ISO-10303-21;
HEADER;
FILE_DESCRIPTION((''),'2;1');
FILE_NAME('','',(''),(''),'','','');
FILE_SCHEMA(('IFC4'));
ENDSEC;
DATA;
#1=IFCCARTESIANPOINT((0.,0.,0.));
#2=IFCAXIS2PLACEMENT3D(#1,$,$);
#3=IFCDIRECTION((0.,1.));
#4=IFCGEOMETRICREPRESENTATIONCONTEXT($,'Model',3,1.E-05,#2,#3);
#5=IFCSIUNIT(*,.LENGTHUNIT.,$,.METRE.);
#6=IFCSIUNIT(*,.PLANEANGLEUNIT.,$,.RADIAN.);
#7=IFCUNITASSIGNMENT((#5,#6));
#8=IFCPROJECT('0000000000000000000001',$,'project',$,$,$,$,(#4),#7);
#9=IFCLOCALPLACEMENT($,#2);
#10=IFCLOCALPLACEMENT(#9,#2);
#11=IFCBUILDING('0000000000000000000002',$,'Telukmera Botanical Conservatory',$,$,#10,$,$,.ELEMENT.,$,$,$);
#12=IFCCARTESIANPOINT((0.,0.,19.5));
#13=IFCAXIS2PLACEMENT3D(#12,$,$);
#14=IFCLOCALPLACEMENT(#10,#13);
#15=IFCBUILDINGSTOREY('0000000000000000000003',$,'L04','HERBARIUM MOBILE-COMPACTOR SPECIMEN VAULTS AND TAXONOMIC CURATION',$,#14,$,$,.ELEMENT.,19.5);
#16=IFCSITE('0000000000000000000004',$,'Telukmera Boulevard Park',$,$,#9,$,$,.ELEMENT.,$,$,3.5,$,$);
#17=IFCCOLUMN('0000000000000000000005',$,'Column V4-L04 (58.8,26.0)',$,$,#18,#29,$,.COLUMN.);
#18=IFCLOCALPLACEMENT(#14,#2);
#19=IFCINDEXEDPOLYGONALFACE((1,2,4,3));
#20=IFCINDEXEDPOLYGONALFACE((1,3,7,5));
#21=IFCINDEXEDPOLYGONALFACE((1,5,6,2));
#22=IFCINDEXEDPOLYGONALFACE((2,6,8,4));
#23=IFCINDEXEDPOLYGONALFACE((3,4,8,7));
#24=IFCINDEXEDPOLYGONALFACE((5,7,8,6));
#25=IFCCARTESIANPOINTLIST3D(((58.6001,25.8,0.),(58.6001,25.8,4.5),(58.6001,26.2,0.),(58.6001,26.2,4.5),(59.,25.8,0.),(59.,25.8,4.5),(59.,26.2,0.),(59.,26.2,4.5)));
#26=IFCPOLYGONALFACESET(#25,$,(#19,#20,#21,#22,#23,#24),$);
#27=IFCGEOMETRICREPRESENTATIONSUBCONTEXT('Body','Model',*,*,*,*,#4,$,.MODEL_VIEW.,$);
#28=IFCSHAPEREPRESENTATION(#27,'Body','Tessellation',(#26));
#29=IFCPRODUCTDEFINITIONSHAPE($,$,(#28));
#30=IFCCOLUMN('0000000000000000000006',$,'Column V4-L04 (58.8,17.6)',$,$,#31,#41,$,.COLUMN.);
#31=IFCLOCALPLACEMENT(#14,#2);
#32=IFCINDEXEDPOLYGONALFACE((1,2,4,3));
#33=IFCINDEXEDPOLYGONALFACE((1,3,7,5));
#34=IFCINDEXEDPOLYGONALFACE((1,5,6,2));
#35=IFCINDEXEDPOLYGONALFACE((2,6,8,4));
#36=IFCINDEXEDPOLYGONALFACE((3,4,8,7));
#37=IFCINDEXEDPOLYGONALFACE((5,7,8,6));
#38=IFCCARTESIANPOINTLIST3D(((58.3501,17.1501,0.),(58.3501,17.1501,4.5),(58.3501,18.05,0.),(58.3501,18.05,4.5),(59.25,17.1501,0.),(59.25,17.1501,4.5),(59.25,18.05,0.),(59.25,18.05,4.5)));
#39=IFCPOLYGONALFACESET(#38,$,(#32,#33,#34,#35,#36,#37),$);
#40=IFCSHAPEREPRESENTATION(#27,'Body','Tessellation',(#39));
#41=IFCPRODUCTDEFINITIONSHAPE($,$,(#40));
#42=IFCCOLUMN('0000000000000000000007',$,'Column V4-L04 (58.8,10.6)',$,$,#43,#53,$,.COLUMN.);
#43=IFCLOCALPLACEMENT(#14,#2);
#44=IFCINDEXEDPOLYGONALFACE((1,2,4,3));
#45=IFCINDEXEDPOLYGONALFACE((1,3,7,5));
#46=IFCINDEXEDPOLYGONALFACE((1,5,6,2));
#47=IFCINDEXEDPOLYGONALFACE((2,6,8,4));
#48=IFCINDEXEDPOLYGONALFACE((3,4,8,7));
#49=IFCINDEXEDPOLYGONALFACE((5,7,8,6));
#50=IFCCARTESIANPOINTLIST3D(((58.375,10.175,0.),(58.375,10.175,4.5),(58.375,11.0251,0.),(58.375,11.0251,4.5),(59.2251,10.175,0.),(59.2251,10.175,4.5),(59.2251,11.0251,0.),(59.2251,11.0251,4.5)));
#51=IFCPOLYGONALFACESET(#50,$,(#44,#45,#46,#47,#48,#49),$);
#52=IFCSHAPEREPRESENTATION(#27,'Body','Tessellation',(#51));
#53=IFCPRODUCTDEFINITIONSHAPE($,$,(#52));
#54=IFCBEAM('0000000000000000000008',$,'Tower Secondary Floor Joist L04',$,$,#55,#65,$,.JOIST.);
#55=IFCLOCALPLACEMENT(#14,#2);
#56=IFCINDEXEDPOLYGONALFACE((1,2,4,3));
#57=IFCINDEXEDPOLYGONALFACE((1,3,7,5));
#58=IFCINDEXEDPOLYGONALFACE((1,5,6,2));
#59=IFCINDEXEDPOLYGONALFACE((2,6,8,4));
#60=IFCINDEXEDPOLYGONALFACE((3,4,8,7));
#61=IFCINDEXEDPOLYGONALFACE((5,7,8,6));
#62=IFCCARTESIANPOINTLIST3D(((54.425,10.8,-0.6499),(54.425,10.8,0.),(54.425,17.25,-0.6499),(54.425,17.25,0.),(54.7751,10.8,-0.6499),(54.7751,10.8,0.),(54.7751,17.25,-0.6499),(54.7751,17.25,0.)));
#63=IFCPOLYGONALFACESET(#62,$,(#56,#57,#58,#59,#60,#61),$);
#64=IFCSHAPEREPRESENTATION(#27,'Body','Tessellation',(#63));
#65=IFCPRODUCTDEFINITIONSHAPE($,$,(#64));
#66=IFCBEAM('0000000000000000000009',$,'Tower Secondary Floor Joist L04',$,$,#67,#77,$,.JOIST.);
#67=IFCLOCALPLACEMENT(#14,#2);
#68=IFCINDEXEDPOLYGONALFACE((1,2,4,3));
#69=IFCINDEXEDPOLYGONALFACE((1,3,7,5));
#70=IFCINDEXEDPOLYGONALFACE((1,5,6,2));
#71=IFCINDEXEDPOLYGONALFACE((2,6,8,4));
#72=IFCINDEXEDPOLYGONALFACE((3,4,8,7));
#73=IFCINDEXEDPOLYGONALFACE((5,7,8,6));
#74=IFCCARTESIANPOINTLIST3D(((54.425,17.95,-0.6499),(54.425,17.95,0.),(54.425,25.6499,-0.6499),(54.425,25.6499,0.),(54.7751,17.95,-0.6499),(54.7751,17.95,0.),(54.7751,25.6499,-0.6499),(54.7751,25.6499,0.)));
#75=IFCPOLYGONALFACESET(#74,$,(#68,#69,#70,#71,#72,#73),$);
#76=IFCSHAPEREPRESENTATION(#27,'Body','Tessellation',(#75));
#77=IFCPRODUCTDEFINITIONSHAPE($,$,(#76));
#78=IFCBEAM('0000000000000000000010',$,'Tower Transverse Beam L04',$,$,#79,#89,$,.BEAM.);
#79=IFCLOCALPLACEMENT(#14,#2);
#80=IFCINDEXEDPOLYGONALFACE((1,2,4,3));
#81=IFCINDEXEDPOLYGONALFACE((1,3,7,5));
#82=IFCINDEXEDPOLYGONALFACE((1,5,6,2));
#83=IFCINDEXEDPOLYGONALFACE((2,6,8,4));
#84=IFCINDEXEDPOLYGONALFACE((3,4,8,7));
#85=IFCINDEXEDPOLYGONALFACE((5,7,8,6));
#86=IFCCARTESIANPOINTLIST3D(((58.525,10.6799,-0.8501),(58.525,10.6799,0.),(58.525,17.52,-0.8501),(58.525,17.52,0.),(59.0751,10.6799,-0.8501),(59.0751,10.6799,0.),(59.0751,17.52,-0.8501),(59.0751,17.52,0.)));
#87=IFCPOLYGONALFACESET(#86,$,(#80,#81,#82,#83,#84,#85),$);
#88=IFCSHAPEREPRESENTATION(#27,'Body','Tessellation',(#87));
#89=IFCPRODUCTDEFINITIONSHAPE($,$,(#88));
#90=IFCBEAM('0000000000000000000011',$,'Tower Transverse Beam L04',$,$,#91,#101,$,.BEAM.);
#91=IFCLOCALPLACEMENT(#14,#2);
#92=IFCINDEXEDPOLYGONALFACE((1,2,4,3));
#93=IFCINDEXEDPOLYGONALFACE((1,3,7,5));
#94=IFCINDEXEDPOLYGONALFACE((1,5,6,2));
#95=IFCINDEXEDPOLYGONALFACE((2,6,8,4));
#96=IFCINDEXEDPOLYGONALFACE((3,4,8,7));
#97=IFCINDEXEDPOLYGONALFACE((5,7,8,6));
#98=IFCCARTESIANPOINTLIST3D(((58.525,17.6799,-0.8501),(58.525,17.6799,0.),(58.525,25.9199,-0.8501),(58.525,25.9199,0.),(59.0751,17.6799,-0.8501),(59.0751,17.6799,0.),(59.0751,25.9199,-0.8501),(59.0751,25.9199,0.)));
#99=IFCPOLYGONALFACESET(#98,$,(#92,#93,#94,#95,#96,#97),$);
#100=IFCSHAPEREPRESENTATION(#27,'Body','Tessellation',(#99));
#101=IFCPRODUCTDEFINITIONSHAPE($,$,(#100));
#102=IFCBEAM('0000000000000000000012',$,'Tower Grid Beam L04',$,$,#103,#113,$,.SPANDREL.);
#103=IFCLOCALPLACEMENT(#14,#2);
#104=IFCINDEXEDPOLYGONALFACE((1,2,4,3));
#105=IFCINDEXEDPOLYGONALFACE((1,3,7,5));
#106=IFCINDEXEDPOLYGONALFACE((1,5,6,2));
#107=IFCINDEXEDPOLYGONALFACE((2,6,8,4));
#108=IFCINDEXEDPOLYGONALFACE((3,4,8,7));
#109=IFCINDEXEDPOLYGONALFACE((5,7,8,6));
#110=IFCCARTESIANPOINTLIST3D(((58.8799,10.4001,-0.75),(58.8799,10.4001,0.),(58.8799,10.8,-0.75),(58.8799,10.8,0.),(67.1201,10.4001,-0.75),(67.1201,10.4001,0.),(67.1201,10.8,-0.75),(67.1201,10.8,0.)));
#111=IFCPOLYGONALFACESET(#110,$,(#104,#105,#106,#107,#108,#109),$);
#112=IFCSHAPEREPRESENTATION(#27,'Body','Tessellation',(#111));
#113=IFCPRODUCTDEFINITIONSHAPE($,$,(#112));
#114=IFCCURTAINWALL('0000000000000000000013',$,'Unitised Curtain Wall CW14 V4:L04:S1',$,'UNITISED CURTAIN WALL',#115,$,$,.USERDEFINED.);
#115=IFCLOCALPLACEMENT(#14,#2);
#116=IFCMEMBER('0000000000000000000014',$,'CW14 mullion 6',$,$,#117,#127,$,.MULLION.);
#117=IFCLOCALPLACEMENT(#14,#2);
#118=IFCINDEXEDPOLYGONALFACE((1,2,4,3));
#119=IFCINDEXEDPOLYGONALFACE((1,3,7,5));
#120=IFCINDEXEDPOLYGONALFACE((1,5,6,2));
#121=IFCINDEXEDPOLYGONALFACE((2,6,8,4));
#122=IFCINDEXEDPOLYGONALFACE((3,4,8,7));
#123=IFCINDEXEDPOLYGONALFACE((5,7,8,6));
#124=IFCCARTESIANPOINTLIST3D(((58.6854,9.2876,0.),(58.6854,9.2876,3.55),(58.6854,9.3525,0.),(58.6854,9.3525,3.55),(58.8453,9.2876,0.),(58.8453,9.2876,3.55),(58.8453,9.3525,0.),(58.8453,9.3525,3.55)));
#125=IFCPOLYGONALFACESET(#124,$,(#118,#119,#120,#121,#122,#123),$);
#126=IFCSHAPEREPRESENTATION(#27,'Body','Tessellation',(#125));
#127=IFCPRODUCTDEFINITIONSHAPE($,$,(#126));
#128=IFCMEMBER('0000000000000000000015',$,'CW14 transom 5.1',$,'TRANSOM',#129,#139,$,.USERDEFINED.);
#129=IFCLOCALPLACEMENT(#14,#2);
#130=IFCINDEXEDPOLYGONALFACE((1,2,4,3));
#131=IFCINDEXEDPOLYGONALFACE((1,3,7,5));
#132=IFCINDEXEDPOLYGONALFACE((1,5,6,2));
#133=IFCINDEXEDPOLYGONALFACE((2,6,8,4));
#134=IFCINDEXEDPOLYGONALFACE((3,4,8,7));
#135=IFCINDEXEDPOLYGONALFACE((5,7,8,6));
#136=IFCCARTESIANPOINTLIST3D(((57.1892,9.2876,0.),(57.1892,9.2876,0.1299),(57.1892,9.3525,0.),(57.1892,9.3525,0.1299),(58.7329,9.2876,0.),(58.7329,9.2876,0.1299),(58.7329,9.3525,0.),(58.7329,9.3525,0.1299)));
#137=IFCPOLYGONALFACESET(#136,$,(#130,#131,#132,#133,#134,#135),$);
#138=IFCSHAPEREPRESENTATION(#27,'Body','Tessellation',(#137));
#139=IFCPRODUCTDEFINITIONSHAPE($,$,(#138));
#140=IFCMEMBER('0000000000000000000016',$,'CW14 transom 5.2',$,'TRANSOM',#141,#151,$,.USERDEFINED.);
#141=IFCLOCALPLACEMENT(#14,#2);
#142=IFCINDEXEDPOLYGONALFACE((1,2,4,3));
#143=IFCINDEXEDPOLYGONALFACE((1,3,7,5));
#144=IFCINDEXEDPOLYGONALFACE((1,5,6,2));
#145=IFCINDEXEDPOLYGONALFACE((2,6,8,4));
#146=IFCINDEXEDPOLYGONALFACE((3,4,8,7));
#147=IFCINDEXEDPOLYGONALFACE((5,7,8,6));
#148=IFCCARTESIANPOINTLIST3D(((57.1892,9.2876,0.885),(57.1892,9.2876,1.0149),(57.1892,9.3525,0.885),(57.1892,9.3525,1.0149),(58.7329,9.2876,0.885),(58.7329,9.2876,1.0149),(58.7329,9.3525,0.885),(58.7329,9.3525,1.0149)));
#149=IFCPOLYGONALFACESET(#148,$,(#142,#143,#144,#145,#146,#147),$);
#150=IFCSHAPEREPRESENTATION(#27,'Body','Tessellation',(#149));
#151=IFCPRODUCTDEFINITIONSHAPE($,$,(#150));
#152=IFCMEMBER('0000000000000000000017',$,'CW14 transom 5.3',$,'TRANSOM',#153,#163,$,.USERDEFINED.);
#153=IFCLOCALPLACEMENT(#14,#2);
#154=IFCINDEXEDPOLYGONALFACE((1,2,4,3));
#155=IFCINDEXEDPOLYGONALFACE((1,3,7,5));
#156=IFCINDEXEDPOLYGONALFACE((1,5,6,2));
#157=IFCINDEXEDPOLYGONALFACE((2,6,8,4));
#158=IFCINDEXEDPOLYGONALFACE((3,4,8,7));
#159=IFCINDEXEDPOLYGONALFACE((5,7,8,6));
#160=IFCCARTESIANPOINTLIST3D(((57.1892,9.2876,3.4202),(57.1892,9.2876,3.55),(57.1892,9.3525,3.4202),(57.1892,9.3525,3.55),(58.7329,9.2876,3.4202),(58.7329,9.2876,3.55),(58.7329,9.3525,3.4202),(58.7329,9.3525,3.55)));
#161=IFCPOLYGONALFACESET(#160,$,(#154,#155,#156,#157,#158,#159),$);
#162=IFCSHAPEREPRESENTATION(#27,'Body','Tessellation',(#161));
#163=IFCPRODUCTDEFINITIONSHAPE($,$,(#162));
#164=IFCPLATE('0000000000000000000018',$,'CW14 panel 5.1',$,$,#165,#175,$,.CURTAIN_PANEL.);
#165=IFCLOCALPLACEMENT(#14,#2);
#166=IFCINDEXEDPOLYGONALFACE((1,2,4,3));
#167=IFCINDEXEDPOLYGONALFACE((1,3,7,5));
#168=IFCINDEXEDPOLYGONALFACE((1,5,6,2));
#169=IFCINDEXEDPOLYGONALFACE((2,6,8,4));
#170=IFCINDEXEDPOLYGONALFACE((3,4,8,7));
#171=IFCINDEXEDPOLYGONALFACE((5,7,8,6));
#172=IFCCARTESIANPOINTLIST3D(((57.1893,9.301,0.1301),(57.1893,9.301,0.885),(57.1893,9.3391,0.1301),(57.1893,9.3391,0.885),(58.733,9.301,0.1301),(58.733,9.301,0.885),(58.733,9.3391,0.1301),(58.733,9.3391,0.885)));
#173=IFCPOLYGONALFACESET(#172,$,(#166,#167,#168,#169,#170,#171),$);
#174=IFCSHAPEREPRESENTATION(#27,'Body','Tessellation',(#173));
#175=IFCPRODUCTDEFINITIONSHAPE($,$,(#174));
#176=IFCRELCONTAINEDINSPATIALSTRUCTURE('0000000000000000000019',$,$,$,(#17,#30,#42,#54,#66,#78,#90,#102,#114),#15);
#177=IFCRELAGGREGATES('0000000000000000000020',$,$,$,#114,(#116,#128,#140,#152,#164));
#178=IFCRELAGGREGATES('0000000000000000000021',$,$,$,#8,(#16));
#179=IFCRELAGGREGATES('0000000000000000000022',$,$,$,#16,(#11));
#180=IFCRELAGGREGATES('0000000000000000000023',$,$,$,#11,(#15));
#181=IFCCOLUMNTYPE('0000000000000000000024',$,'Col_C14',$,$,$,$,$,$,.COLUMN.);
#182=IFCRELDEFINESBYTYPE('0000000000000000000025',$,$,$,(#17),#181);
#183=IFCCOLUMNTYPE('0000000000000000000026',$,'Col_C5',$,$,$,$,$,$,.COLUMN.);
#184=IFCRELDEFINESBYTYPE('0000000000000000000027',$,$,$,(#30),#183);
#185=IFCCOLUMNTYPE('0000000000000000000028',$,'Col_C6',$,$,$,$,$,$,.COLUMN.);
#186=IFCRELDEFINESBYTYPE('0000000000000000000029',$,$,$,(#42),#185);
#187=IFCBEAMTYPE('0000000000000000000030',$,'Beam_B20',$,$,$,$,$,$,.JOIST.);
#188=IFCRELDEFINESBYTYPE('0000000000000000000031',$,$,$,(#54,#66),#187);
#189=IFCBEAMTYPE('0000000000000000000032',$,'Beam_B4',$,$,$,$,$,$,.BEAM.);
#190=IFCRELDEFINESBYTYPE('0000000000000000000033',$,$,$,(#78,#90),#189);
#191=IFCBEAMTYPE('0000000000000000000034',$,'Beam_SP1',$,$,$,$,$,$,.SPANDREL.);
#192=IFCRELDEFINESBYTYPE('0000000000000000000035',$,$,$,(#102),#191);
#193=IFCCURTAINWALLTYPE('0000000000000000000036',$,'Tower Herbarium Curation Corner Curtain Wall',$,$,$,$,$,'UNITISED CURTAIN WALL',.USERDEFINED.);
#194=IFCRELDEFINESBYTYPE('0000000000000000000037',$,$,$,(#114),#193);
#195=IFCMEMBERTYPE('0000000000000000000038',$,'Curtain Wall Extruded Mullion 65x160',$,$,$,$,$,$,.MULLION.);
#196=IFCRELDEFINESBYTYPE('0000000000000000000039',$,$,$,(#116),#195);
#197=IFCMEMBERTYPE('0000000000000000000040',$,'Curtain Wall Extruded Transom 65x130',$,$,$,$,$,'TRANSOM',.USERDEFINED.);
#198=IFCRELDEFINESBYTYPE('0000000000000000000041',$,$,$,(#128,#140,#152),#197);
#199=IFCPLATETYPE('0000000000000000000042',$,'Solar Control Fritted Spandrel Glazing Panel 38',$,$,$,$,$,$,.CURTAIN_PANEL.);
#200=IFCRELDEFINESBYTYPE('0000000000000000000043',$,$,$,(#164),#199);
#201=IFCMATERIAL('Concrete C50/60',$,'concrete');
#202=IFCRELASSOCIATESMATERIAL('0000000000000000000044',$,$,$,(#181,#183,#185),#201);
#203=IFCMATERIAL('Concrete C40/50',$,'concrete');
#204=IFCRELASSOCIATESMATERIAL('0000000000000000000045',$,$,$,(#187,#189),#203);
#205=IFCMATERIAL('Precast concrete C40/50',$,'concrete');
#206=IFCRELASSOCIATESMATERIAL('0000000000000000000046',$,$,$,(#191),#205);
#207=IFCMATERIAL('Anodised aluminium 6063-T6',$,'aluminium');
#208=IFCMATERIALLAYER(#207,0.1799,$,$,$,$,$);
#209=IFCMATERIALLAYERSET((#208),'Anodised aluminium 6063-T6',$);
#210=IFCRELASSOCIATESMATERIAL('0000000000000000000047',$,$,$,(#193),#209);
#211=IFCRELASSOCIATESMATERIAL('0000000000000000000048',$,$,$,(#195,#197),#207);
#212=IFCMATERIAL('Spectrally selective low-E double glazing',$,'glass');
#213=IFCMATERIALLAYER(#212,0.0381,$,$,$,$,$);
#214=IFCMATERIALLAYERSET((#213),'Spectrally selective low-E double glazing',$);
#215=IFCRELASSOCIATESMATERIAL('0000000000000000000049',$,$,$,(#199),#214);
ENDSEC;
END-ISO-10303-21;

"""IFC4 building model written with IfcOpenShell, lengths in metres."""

from ifc_helpers import new_model, si_unit, direction, frame, origin, origin_2d, place, context, subcontext, project, spatial, rectangle, extrude, material, layer, layer_set, material_profile, profile_set, type_object, element, aggregate, save


model = new_model("IFC4")

# Units and contexts
model_context = context("Model", 3, precision=1e-05, world=origin(), true_north=direction((0.0, 1.0)))
body_context = subcontext(model_context, "Body", "Model", "MODEL_VIEW")
ifc_project = project(units=[si_unit("LENGTHUNIT", "METRE"), si_unit("PLANEANGLEUNIT", "RADIAN")], contexts=[model_context])

# Site, building, storey
site_placement = place(None, origin())
site = spatial("IfcSite", under=ifc_project, at=site_placement, Name="Telukmera Boulevard Park", CompositionType="ELEMENT", RefElevation=3.5)
building_placement = place(site_placement, origin())
building = spatial("IfcBuilding", under=site, at=building_placement, Name="Telukmera Botanical Conservatory", CompositionType="ELEMENT")
storey_placement = place(building_placement, frame((0.0, 0.0, 19.5)))
storey = spatial("IfcBuildingStorey", under=building, at=storey_placement, Name="L04", Description="HERBARIUM MOBILE-COMPACTOR SPECIMEN VAULTS AND TAXONOMIC CURATION", CompositionType="ELEMENT", Elevation=19.5)

# Columns
ifc_material_1 = material(Name="Concrete C50/60", Category="concrete")
ifc_material_profile_1 = material_profile(ifc_material_1, rectangle(XDim=0.3999, YDim=0.3999, at=origin_2d()), Name="RC 400x400")
ifc_profile_set_1 = profile_set([ifc_material_profile_1], Name="Concrete C50/60")
column_type_1 = type_object("IfcColumnType", Name="Col_C14", PredefinedType="COLUMN", material=ifc_profile_set_1)
column_1_placement = place(storey_placement, frame((58.8, 26.0, 0.0), z_axis=(0.0, 0.0, 1.0), x_axis=(1.0, 0.0, 0.0)))
element("IfcColumn", 1, at=column_1_placement, inside=storey, type_object=column_type_1, Name="Column V4-L04 (58.8,26.0)", PredefinedType="COLUMN", context=body_context, shape_type="SweptSolid", body=[
    extrude(rectangle(XDim=0.3999, YDim=0.3999, at=origin_2d()), origin(), (0.0, 0.0, 1.0), 4.5),
])
ifc_material_profile_2 = material_profile(ifc_material_1, rectangle(XDim=0.8999, YDim=0.8999, at=origin_2d()), Name="RC 900x900")
ifc_profile_set_2 = profile_set([ifc_material_profile_2], Name="Concrete C50/60")
column_type_2 = type_object("IfcColumnType", Name="Col_C5", PredefinedType="COLUMN", material=ifc_profile_set_2)
column_2_placement = place(storey_placement, frame((58.8, 17.6001, 0.0), z_axis=(0.0, 0.0, 1.0), x_axis=(1.0, 0.0, 0.0)))
element("IfcColumn", 2, at=column_2_placement, inside=storey, type_object=column_type_2, Name="Column V4-L04 (58.8,17.6)", PredefinedType="COLUMN", context=body_context, shape_type="SweptSolid", body=[
    extrude(rectangle(XDim=0.8999, YDim=0.8999, at=origin_2d()), origin(), (0.0, 0.0, 1.0), 4.5),
])
ifc_material_profile_3 = material_profile(ifc_material_1, rectangle(XDim=0.8501, YDim=0.8501, at=origin_2d()), Name="RC 850x850")
ifc_profile_set_3 = profile_set([ifc_material_profile_3], Name="Concrete C50/60")
column_type_3 = type_object("IfcColumnType", Name="Col_C6", PredefinedType="COLUMN", material=ifc_profile_set_3)
column_3_placement = place(storey_placement, frame((58.8, 10.6001, 0.0), z_axis=(0.0, 0.0, 1.0), x_axis=(1.0, 0.0, 0.0)))
element("IfcColumn", 3, at=column_3_placement, inside=storey, type_object=column_type_3, Name="Column V4-L04 (58.8,10.6)", PredefinedType="COLUMN", context=body_context, shape_type="SweptSolid", body=[
    extrude(rectangle(XDim=0.8501, YDim=0.8501, at=origin_2d()), origin(), (0.0, 0.0, 1.0), 4.5),
])

# Beams
ifc_material_2 = material(Name="Concrete C40/50", Category="concrete")
ifc_material_profile_4 = material_profile(ifc_material_2, rectangle(XDim=0.3501, YDim=0.6499, at=origin_2d()), Name="RC 350x650")
ifc_profile_set_4 = profile_set([ifc_material_profile_4], Name="Concrete C40/50")
beam_type_1 = type_object("IfcBeamType", Name="Beam_B20", PredefinedType="JOIST", material=ifc_profile_set_4)
beam_1_placement = place(storey_placement, frame((54.6001, 10.8, -0.325), z_axis=(0.0, 1.0, 0.0), x_axis=(-1.0, 0.0, 0.0)))
element("IfcBeam", 4, at=beam_1_placement, inside=storey, type_object=beam_type_1, Name="Tower Secondary Floor Joist L04", PredefinedType="JOIST", context=body_context, shape_type="SweptSolid", body=[
    extrude(rectangle(XDim=0.3501, YDim=0.6499, at=origin_2d()), origin(), (0.0, 0.0, 1.0), 6.45),
])
beam_2_placement = place(storey_placement, frame((54.6001, 17.95, -0.325), z_axis=(0.0, 1.0, 0.0), x_axis=(-1.0, 0.0, 0.0)))
element("IfcBeam", 5, at=beam_2_placement, inside=storey, type_object=beam_type_1, Name="Tower Secondary Floor Joist L04", PredefinedType="JOIST", context=body_context, shape_type="SweptSolid", body=[
    extrude(rectangle(XDim=0.3501, YDim=0.6499, at=origin_2d()), origin(), (0.0, 0.0, 1.0), 7.7),
])
ifc_material_profile_5 = material_profile(ifc_material_2, rectangle(XDim=0.55, YDim=0.8501, at=origin_2d()), Name="RC 550x850")
ifc_profile_set_5 = profile_set([ifc_material_profile_5], Name="Concrete C40/50")
beam_type_2 = type_object("IfcBeamType", Name="Beam_B4", PredefinedType="BEAM", material=ifc_profile_set_5)
beam_3_placement = place(storey_placement, frame((58.8, 10.6799, -0.425), z_axis=(0.0, 1.0, 0.0), x_axis=(-1.0, 0.0, 0.0)))
element("IfcBeam", 6, at=beam_3_placement, inside=storey, type_object=beam_type_2, Name="Tower Transverse Beam L04", PredefinedType="BEAM", context=body_context, shape_type="SweptSolid", body=[
    extrude(rectangle(XDim=0.55, YDim=0.8501, at=origin_2d()), origin(), (0.0, 0.0, 1.0), 6.8401),
])
beam_4_placement = place(storey_placement, frame((58.8, 17.6799, -0.425), z_axis=(0.0, 1.0, 0.0), x_axis=(-1.0, 0.0, 0.0)))
element("IfcBeam", 7, at=beam_4_placement, inside=storey, type_object=beam_type_2, Name="Tower Transverse Beam L04", PredefinedType="BEAM", context=body_context, shape_type="SweptSolid", body=[
    extrude(rectangle(XDim=0.55, YDim=0.8501, at=origin_2d()), origin(), (0.0, 0.0, 1.0), 8.24),
])
ifc_material_3 = material(Name="Precast concrete C40/50", Category="concrete")
ifc_material_profile_6 = material_profile(ifc_material_3, rectangle(XDim=0.3999, YDim=0.75, at=origin_2d()), Name="PC 400x750")
ifc_profile_set_6 = profile_set([ifc_material_profile_6], Name="Precast concrete C40/50")
beam_type_3 = type_object("IfcBeamType", Name="Beam_SP1", PredefinedType="SPANDREL", material=ifc_profile_set_6)
beam_5_placement = place(storey_placement, frame((58.8799, 10.6001, -0.375), z_axis=(1.0, 0.0, 0.0), x_axis=(0.0, 1.0, 0.0)))
element("IfcBeam", 8, at=beam_5_placement, inside=storey, type_object=beam_type_3, Name="Tower Grid Beam L04", PredefinedType="SPANDREL", context=body_context, shape_type="SweptSolid", body=[
    extrude(rectangle(XDim=0.3999, YDim=0.75, at=origin_2d()), origin(), (0.0, 0.0, 1.0), 8.2402),
])

# Curtain wall, members, plate
ifc_material_4 = material(Name="Anodised aluminium 6063-T6", Category="aluminium")
ifc_layer_1 = layer(ifc_material_4, 0.1799)
ifc_layer_set_1 = layer_set([ifc_layer_1], Name="Anodised aluminium 6063-T6")
curtain_wall_type = type_object("IfcCurtainWallType", Name="Tower Herbarium Curation Corner Curtain Wall", ElementType="UNITISED CURTAIN WALL", PredefinedType="USERDEFINED", material=ifc_layer_set_1)
curtain_wall_placement = place(storey_placement, origin())
curtain_wall = element("IfcCurtainWall", 9, at=curtain_wall_placement, inside=storey, type_object=curtain_wall_type, Name="Unitised Curtain Wall CW14 V4:L04:S1", ObjectType="UNITISED CURTAIN WALL", PredefinedType="USERDEFINED")
ifc_material_profile_7 = material_profile(ifc_material_4, rectangle(XDim=0.0649, YDim=0.1599, at=origin_2d()), Name="ALU MULL 65x160")
ifc_profile_set_7 = profile_set([ifc_material_profile_7], Name="Anodised aluminium 6063-T6")
member_type_1 = type_object("IfcMemberType", Name="Curtain Wall Extruded Mullion 65x160", PredefinedType="MULLION", material=ifc_profile_set_7)
member_1_placement = place(storey_placement, frame((58.7654, 9.3201, 0.0), z_axis=(0.0, 0.0, 1.0), x_axis=(0.0, 1.0, 0.0)))
member_1 = element("IfcMember", 10, at=member_1_placement, type_object=member_type_1, Name="CW14 mullion 6", PredefinedType="MULLION", context=body_context, shape_type="SweptSolid", body=[
    extrude(rectangle(XDim=0.0649, YDim=0.1599, at=origin_2d()), origin(), (0.0, 0.0, 1.0), 3.55),
])
ifc_material_profile_8 = material_profile(ifc_material_4, rectangle(XDim=0.0649, YDim=0.1299, at=origin_2d()), Name="ALU TRAN 65x130")
ifc_profile_set_8 = profile_set([ifc_material_profile_8], Name="Anodised aluminium 6063-T6")
member_type_2 = type_object("IfcMemberType", Name="Curtain Wall Extruded Transom 65x130", ElementType="TRANSOM", PredefinedType="USERDEFINED", material=ifc_profile_set_8)
member_2_placement = place(storey_placement, frame((57.1892, 9.3201, 0.0649), z_axis=(1.0, 0.0, 0.0), x_axis=(0.0, 1.0, 0.0)))
member_2 = element("IfcMember", 11, at=member_2_placement, type_object=member_type_2, Name="CW14 transom 5.1", ObjectType="TRANSOM", PredefinedType="USERDEFINED", context=body_context, shape_type="SweptSolid", body=[
    extrude(rectangle(XDim=0.0649, YDim=0.1299, at=origin_2d()), origin(), (0.0, 0.0, 1.0), 1.5437),
])
member_3_placement = place(storey_placement, frame((57.1892, 9.3201, 0.95), z_axis=(1.0, 0.0, 0.0), x_axis=(0.0, 1.0, 0.0)))
member_3 = element("IfcMember", 12, at=member_3_placement, type_object=member_type_2, Name="CW14 transom 5.2", ObjectType="TRANSOM", PredefinedType="USERDEFINED", context=body_context, shape_type="SweptSolid", body=[
    extrude(rectangle(XDim=0.0649, YDim=0.1299, at=origin_2d()), origin(), (0.0, 0.0, 1.0), 1.5437),
])
member_4_placement = place(storey_placement, frame((57.1892, 9.3201, 3.4851), z_axis=(1.0, 0.0, 0.0), x_axis=(0.0, 1.0, 0.0)))
member_4 = element("IfcMember", 13, at=member_4_placement, type_object=member_type_2, Name="CW14 transom 5.3", ObjectType="TRANSOM", PredefinedType="USERDEFINED", context=body_context, shape_type="SweptSolid", body=[
    extrude(rectangle(XDim=0.0649, YDim=0.1299, at=origin_2d()), origin(), (0.0, 0.0, 1.0), 1.5437),
])
ifc_material_5 = material(Name="Spectrally selective low-E double glazing", Category="glass")
ifc_layer_2 = layer(ifc_material_5, 0.0381)
ifc_layer_set_2 = layer_set([ifc_layer_2], Name="Spectrally selective low-E double glazing")
plate_type = type_object("IfcPlateType", Name="Solar Control Fritted Spandrel Glazing Panel 38", PredefinedType="CURTAIN_PANEL", material=ifc_layer_set_2)
plate_1_placement = place(storey_placement, frame((57.9612, 9.3201, 0.1301), z_axis=(0.0, 0.0, 1.0), x_axis=(1.0, 0.0, 0.0)))
plate_1 = element("IfcPlate", 14, at=plate_1_placement, type_object=plate_type, Name="CW14 panel 5.1", PredefinedType="CURTAIN_PANEL", context=body_context, shape_type="SweptSolid", body=[
    extrude(rectangle(XDim=1.5437, YDim=0.0381, at=origin_2d()), origin(), (0.0, 0.0, 1.0), 0.7549),
])
aggregate(curtain_wall, [member_1, member_2, member_3, member_4, plate_1])

save(model, "model.ifc")
